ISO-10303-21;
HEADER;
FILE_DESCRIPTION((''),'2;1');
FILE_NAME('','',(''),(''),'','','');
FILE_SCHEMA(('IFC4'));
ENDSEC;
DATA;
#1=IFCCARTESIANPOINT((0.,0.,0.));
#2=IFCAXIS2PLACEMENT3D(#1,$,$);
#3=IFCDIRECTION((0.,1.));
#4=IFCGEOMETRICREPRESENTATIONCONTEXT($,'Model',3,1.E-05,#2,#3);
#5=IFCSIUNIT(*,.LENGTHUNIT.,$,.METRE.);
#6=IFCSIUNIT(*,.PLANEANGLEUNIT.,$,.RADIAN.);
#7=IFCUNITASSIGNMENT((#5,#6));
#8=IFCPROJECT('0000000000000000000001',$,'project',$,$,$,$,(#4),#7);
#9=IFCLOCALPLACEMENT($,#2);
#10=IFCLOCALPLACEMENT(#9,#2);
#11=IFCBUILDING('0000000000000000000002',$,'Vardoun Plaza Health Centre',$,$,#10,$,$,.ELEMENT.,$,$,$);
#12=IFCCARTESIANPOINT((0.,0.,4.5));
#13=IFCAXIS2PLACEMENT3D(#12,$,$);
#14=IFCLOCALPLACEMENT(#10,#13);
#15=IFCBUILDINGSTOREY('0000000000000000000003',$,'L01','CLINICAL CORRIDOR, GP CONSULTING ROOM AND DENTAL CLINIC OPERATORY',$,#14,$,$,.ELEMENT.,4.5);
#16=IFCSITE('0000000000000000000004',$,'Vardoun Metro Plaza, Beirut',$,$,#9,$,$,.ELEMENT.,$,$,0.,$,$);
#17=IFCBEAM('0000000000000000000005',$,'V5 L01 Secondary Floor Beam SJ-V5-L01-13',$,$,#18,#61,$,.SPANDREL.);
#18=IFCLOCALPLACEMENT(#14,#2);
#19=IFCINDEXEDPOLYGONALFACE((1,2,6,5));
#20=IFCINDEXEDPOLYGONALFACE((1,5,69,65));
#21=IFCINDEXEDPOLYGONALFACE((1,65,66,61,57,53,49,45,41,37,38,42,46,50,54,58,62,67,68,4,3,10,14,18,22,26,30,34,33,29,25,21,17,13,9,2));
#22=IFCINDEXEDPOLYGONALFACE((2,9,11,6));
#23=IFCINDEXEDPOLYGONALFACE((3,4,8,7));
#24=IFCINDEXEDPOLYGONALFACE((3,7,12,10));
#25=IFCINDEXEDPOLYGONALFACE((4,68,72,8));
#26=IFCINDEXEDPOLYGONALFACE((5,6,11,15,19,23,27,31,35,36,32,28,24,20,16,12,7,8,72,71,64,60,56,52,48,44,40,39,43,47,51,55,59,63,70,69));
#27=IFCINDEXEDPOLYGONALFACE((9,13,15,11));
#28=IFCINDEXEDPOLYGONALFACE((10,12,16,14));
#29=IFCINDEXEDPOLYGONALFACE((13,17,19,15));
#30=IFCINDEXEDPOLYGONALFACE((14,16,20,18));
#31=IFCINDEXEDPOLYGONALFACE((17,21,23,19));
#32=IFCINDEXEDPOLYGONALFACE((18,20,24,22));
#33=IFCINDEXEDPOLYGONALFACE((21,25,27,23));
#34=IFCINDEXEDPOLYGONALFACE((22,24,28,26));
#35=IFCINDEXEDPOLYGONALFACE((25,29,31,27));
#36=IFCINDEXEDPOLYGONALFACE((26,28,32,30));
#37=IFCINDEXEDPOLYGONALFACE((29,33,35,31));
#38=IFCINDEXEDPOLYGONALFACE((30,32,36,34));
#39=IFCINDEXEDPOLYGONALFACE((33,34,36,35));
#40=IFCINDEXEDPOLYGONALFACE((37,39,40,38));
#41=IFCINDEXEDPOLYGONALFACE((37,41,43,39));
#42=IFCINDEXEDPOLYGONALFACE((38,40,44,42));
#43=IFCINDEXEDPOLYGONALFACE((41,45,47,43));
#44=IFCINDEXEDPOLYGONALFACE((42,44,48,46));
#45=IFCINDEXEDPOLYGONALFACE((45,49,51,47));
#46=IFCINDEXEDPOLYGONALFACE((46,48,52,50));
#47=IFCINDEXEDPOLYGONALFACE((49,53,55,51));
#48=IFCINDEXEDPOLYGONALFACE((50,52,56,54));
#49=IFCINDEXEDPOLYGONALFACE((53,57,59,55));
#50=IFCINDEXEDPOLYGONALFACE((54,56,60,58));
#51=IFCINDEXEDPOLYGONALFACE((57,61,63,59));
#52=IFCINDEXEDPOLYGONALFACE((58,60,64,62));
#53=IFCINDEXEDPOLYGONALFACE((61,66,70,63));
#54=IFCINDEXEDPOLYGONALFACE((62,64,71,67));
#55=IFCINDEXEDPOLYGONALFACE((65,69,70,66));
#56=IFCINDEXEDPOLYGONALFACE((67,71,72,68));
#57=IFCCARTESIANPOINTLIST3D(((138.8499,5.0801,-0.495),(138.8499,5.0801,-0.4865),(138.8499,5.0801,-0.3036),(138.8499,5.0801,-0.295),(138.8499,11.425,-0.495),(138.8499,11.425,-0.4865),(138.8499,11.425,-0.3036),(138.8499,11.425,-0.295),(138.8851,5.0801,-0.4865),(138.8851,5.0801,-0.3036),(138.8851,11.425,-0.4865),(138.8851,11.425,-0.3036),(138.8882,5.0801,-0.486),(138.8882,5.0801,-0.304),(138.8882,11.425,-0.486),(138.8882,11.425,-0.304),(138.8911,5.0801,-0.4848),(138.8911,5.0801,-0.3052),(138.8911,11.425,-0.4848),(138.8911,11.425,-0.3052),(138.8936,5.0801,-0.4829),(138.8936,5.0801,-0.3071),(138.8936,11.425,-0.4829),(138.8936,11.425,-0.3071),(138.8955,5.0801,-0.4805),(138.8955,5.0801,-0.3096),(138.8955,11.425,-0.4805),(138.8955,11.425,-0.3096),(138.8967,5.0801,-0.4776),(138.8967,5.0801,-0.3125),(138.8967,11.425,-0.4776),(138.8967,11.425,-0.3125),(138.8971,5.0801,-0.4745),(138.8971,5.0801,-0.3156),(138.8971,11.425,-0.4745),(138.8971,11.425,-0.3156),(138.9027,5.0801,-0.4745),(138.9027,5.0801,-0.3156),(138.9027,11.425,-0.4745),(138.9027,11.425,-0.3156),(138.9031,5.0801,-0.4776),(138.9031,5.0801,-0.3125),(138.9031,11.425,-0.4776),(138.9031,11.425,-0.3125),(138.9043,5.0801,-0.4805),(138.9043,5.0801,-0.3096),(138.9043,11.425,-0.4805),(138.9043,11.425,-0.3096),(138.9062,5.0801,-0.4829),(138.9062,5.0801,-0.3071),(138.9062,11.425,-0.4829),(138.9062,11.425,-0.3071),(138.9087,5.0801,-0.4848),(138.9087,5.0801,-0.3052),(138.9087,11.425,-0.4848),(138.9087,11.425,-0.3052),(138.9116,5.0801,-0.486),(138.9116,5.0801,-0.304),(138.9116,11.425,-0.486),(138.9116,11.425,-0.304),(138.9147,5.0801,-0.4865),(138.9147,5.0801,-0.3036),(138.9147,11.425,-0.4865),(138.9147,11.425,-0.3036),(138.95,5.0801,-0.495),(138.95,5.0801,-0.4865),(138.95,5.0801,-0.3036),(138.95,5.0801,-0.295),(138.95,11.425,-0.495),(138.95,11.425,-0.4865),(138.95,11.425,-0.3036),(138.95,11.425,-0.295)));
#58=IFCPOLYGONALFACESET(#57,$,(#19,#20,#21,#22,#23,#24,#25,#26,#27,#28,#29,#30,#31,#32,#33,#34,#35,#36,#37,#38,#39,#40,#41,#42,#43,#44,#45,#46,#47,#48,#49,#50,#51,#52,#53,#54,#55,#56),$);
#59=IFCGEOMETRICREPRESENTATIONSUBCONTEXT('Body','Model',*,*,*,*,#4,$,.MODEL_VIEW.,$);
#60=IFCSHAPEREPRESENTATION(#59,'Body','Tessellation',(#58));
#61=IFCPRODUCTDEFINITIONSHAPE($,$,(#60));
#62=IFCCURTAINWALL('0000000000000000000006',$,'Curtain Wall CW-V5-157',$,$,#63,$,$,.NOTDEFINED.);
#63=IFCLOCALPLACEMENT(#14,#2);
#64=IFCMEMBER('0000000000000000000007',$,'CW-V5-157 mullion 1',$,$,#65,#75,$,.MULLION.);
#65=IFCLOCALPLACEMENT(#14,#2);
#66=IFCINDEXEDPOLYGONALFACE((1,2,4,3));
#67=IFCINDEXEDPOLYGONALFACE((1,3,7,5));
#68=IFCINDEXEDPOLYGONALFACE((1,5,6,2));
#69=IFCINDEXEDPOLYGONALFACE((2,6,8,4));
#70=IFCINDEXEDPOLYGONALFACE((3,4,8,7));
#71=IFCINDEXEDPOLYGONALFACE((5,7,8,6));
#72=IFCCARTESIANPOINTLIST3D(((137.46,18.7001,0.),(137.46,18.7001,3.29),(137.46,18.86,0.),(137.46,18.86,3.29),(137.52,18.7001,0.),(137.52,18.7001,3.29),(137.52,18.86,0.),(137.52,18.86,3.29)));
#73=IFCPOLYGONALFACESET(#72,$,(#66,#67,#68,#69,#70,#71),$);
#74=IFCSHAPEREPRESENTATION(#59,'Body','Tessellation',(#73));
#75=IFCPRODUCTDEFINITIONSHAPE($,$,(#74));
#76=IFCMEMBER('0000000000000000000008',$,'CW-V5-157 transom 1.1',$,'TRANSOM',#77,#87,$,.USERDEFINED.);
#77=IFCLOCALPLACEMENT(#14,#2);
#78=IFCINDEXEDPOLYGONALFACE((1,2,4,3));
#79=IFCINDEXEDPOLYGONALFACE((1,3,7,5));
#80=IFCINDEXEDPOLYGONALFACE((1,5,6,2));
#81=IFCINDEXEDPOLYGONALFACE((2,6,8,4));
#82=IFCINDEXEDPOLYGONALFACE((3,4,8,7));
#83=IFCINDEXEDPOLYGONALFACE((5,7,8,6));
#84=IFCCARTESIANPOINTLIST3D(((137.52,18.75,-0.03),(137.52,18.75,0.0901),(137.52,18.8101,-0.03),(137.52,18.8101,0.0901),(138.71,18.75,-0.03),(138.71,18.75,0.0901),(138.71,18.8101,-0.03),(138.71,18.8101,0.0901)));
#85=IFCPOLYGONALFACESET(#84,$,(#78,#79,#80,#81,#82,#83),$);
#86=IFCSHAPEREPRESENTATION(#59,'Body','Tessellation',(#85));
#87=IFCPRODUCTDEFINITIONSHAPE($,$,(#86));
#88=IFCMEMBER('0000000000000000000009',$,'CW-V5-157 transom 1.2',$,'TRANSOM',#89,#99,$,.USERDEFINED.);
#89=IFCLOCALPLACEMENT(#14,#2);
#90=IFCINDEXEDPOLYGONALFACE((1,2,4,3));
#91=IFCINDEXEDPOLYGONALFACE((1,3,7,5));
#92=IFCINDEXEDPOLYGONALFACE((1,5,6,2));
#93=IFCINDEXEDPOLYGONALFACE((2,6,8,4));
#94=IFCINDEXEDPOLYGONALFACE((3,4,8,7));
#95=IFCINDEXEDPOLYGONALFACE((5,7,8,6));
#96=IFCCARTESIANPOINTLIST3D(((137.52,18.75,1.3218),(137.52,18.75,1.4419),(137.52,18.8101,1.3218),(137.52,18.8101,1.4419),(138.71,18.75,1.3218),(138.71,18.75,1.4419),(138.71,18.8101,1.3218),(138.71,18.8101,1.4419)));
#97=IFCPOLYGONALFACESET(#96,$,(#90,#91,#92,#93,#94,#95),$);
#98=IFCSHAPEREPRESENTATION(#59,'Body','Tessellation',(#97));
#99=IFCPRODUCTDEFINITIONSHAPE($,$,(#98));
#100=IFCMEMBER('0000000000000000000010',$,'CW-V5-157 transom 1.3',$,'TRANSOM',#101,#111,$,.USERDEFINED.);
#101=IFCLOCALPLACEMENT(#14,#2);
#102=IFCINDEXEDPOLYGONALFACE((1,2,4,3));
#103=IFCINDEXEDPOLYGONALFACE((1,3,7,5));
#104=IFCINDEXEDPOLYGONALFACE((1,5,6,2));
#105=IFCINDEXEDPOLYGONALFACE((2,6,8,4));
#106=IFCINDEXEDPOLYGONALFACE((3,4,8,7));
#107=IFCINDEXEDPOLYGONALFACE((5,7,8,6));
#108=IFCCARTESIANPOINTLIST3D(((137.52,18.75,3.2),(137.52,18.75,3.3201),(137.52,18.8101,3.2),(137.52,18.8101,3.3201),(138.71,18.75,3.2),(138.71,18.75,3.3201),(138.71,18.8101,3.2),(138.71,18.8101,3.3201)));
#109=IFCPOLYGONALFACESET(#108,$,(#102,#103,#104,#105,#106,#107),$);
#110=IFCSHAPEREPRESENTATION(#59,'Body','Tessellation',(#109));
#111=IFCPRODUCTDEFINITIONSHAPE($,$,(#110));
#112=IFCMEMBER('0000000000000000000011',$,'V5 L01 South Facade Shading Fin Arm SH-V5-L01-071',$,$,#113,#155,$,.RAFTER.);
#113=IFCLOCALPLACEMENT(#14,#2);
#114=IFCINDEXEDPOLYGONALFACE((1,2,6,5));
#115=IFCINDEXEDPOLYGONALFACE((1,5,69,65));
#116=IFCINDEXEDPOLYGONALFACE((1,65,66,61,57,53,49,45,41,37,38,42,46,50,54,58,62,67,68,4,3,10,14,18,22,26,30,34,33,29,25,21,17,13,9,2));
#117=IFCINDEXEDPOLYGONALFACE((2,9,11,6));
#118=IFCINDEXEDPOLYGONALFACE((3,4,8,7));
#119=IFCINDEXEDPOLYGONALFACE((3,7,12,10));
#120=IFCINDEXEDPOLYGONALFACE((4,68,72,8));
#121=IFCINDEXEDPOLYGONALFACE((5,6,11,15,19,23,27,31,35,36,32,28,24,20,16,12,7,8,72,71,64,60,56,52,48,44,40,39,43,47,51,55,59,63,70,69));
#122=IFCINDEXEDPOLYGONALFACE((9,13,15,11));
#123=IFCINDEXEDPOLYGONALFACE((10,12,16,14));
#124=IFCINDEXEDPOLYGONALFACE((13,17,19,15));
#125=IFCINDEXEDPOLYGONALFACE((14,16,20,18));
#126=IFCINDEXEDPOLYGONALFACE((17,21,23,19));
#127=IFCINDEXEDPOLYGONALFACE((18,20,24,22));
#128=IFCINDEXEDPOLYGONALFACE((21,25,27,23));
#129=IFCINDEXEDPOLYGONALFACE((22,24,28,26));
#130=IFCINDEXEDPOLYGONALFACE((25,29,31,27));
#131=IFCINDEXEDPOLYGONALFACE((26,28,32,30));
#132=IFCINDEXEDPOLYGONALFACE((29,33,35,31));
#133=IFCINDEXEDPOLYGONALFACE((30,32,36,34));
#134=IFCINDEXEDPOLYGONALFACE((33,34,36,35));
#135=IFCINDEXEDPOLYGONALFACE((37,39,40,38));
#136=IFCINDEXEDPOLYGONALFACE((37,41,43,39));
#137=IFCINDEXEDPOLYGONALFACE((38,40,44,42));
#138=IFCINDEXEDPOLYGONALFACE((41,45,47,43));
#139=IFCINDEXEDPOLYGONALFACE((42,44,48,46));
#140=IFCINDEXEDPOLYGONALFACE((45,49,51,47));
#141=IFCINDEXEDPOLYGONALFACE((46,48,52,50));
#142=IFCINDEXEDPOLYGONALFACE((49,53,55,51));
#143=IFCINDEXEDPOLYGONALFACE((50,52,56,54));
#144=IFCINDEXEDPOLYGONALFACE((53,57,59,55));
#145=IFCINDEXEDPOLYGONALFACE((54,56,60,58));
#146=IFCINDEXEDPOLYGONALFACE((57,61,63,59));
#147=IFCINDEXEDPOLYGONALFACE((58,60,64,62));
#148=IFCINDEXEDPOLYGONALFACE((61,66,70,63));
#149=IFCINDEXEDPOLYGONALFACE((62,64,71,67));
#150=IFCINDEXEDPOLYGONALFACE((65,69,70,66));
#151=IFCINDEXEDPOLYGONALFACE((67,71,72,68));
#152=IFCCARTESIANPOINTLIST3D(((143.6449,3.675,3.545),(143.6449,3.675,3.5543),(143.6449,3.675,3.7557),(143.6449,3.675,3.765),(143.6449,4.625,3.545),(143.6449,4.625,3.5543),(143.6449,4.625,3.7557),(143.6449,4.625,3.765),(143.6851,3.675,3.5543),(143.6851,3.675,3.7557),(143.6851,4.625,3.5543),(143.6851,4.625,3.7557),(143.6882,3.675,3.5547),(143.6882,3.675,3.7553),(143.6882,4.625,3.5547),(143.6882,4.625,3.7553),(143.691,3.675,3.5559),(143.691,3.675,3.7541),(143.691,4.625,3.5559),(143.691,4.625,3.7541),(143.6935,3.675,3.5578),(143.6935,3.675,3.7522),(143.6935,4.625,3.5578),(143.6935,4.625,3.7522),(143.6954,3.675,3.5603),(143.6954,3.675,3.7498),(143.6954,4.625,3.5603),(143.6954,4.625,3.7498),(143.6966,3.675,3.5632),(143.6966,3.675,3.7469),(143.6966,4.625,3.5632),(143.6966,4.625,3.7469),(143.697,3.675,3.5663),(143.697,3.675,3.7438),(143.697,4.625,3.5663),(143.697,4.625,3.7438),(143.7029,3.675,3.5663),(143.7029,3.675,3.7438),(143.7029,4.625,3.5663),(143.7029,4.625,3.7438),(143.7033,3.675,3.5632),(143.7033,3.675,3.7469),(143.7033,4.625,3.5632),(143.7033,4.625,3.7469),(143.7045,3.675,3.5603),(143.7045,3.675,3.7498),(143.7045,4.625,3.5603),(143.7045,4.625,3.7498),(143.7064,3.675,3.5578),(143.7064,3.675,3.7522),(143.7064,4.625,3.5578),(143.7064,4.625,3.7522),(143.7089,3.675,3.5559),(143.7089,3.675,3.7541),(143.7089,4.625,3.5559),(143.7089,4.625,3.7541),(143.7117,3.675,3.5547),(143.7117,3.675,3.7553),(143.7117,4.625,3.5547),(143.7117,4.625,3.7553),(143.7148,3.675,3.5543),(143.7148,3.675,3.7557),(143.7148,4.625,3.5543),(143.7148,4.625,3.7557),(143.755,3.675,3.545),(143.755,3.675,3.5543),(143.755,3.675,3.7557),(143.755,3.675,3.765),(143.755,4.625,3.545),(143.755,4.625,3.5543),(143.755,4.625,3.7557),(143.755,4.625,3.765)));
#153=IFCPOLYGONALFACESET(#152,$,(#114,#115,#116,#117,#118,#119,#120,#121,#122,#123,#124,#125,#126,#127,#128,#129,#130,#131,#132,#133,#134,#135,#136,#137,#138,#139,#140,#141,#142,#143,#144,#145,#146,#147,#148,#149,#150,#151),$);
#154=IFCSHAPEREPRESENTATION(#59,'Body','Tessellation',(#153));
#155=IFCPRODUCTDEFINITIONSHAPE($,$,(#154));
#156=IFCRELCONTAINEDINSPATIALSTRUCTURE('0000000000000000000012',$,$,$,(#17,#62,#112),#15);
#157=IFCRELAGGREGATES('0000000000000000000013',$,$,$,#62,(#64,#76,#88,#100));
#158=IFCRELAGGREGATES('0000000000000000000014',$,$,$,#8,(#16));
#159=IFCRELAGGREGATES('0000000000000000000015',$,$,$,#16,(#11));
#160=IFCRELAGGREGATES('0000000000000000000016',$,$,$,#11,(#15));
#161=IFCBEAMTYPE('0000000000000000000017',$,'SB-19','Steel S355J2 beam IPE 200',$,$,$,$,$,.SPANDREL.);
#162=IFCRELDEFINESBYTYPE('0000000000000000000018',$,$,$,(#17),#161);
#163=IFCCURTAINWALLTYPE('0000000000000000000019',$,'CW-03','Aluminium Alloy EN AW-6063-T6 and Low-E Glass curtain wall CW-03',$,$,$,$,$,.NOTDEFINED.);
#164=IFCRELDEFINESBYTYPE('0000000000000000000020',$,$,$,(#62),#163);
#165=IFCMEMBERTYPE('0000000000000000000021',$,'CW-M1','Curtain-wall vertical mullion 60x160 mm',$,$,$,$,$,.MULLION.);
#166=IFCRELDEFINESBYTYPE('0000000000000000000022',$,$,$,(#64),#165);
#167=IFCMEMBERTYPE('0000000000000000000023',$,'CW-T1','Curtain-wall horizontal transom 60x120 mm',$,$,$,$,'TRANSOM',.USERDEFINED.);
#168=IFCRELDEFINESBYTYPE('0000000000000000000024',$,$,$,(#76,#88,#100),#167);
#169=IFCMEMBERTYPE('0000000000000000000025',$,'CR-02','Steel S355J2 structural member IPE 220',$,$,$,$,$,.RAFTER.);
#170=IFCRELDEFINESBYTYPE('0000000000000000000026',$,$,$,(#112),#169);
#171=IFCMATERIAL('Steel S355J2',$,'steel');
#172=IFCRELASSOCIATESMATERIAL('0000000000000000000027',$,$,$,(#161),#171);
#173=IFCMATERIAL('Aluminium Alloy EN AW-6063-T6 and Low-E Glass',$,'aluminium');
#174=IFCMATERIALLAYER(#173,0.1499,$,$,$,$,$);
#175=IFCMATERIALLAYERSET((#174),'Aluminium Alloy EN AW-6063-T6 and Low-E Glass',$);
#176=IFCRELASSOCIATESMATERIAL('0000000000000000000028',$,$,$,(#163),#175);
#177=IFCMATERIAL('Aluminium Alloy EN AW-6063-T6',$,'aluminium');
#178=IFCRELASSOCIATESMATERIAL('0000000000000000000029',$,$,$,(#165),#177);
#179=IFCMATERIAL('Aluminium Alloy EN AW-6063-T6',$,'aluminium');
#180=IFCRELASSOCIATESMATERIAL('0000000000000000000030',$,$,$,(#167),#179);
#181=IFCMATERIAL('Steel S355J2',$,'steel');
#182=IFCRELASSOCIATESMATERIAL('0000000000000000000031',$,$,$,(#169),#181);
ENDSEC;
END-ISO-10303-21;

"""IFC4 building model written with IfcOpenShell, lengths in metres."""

from ifc_helpers import new_model, si_unit, direction, frame, origin, origin_2d, place, context, subcontext, project, spatial, rectangle, i_section, extrude, material, layer, layer_set, material_profile, profile_set, type_object, element, aggregate, save


model = new_model("IFC4")

# Units and contexts
model_context = context("Model", 3, precision=1e-05, world=origin(), true_north=direction((0.0, 1.0)))
body_context = subcontext(model_context, "Body", "Model", "MODEL_VIEW")
ifc_project = project(units=[si_unit("LENGTHUNIT", "METRE"), si_unit("PLANEANGLEUNIT", "RADIAN")], contexts=[model_context])

# Site, building, storey
site_placement = place(None, origin())
site = spatial("IfcSite", under=ifc_project, at=site_placement, Name="Vardoun Metro Plaza, Beirut", CompositionType="ELEMENT", RefElevation=0.0)
building_placement = place(site_placement, origin())
building = spatial("IfcBuilding", under=site, at=building_placement, Name="Vardoun Plaza Health Centre", CompositionType="ELEMENT")
storey_placement = place(building_placement, frame((0.0, 0.0, 4.5)))
storey = spatial("IfcBuildingStorey", under=building, at=storey_placement, Name="L01", Description="CLINICAL CORRIDOR, GP CONSULTING ROOM AND DENTAL CLINIC OPERATORY", CompositionType="ELEMENT", Elevation=4.5)

# Beam
ifc_material_1 = material(Name="Steel S355J2", Category="steel")
ifc_material_profile_1 = material_profile(ifc_material_1, i_section(OverallWidth=0.1001, OverallDepth=0.2, WebThickness=0.0056, FlangeThickness=0.0085, FilletRadius=0.012, at=origin_2d()), Name="IPE 200")
ifc_profile_set_1 = profile_set([ifc_material_profile_1], Name="Steel S355J2")
beam_type_1 = type_object("IfcBeamType", Name="SB-19", Description="Steel S355J2 beam IPE 200", PredefinedType="SPANDREL", material=ifc_profile_set_1)
beam_1_placement = place(storey_placement, frame((138.8999, 5.0801, -0.395), z_axis=(0.0, 1.0, 0.0), x_axis=(-1.0, 0.0, 0.0)))
element("IfcBeam", 1, at=beam_1_placement, inside=storey, type_object=beam_type_1, Name="V5 L01 Secondary Floor Beam SJ-V5-L01-13", PredefinedType="SPANDREL", context=body_context, shape_type="SweptSolid", body=[
    extrude(i_section(OverallWidth=0.1001, OverallDepth=0.2, WebThickness=0.0056, FlangeThickness=0.0085, FilletRadius=0.012, at=origin_2d()), origin(), (0.0, 0.0, 1.0), 6.345),
])

# Curtain wall, members
ifc_material_2 = material(Name="Aluminium Alloy EN AW-6063-T6 and Low-E Glass", Category="aluminium")
ifc_layer_1 = layer(ifc_material_2, 0.1499)
ifc_layer_set_1 = layer_set([ifc_layer_1], Name="Aluminium Alloy EN AW-6063-T6 and Low-E Glass")
curtain_wall_type = type_object("IfcCurtainWallType", Name="CW-03", Description="Aluminium Alloy EN AW-6063-T6 and Low-E Glass curtain wall CW-03", PredefinedType="NOTDEFINED", material=ifc_layer_set_1)
curtain_wall_placement = place(storey_placement, origin())
curtain_wall = element("IfcCurtainWall", 2, at=curtain_wall_placement, inside=storey, type_object=curtain_wall_type, Name="Curtain Wall CW-V5-157", PredefinedType="NOTDEFINED")
ifc_material_3 = material(Name="Aluminium Alloy EN AW-6063-T6", Category="aluminium")
ifc_material_profile_2 = material_profile(ifc_material_3, rectangle(XDim=0.1599, YDim=0.0601, at=origin_2d()), Name="CWM 60x160")
ifc_profile_set_2 = profile_set([ifc_material_profile_2], Name="Aluminium Alloy EN AW-6063-T6")
member_type_1 = type_object("IfcMemberType", Name="CW-M1", Description="Curtain-wall vertical mullion 60x160 mm", PredefinedType="MULLION", material=ifc_profile_set_2)
member_1_placement = place(storey_placement, frame((137.49, 18.78, 0.0), z_axis=(0.0, 0.0, 1.0), x_axis=(0.0, 1.0, 0.0)))
member_1 = element("IfcMember", 3, at=member_1_placement, type_object=member_type_1, Name="CW-V5-157 mullion 1", PredefinedType="MULLION", context=body_context, shape_type="SweptSolid", body=[
    extrude(rectangle(XDim=0.1599, YDim=0.0601, at=origin_2d()), origin(), (0.0, 0.0, 1.0), 3.29),
])
ifc_material_4 = material(Name="Aluminium Alloy EN AW-6063-T6", Category="aluminium")
ifc_material_profile_3 = material_profile(ifc_material_4, rectangle(XDim=0.0601, YDim=0.1201, at=origin_2d()), Name="CWT 60x120")
ifc_profile_set_3 = profile_set([ifc_material_profile_3], Name="Aluminium Alloy EN AW-6063-T6")
member_type_2 = type_object("IfcMemberType", Name="CW-T1", Description="Curtain-wall horizontal transom 60x120 mm", ElementType="TRANSOM", PredefinedType="USERDEFINED", material=ifc_profile_set_3)
member_2_placement = place(storey_placement, frame((137.52, 18.78, 0.03), z_axis=(1.0, 0.0, 0.0), x_axis=(0.0, 1.0, 0.0)))
member_2 = element("IfcMember", 4, at=member_2_placement, type_object=member_type_2, Name="CW-V5-157 transom 1.1", ObjectType="TRANSOM", PredefinedType="USERDEFINED", context=body_context, shape_type="SweptSolid", body=[
    extrude(rectangle(XDim=0.0601, YDim=0.1201, at=origin_2d()), origin(), (0.0, 0.0, 1.0), 1.1899),
])
member_3_placement = place(storey_placement, frame((137.52, 18.78, 1.3818), z_axis=(1.0, 0.0, 0.0), x_axis=(0.0, 1.0, 0.0)))
member_3 = element("IfcMember", 5, at=member_3_placement, type_object=member_type_2, Name="CW-V5-157 transom 1.2", ObjectType="TRANSOM", PredefinedType="USERDEFINED", context=body_context, shape_type="SweptSolid", body=[
    extrude(rectangle(XDim=0.0601, YDim=0.1201, at=origin_2d()), origin(), (0.0, 0.0, 1.0), 1.1899),
])
member_4_placement = place(storey_placement, frame((137.52, 18.78, 3.26), z_axis=(1.0, 0.0, 0.0), x_axis=(0.0, 1.0, 0.0)))
member_4 = element("IfcMember", 6, at=member_4_placement, type_object=member_type_2, Name="CW-V5-157 transom 1.3", ObjectType="TRANSOM", PredefinedType="USERDEFINED", context=body_context, shape_type="SweptSolid", body=[
    extrude(rectangle(XDim=0.0601, YDim=0.1201, at=origin_2d()), origin(), (0.0, 0.0, 1.0), 1.1899),
])
aggregate(curtain_wall, [member_1, member_2, member_3, member_4])

# Member
ifc_material_5 = material(Name="Steel S355J2", Category="steel")
ifc_material_profile_4 = material_profile(ifc_material_5, i_section(OverallWidth=0.1101, OverallDepth=0.22, WebThickness=0.0059, FlangeThickness=0.0093, FilletRadius=0.012, at=origin_2d()), Name="IPE 220")
ifc_profile_set_4 = profile_set([ifc_material_profile_4], Name="Steel S355J2")
member_type_3 = type_object("IfcMemberType", Name="CR-02", Description="Steel S355J2 structural member IPE 220", PredefinedType="RAFTER", material=ifc_profile_set_4)
member_5_placement = place(storey_placement, frame((143.7, 4.625, 3.655), z_axis=(0.0, -1.0, 0.0), x_axis=(1.0, 0.0, 0.0)))
element("IfcMember", 7, at=member_5_placement, inside=storey, type_object=member_type_3, Name="V5 L01 South Facade Shading Fin Arm SH-V5-L01-071", PredefinedType="RAFTER", context=body_context, shape_type="SweptSolid", body=[
    extrude(i_section(OverallWidth=0.1101, OverallDepth=0.22, WebThickness=0.0059, FlangeThickness=0.0093, FilletRadius=0.012, at=origin_2d()), origin(), (0.0, 0.0, 1.0), 0.95),
])

save(model, "model.ifc")
